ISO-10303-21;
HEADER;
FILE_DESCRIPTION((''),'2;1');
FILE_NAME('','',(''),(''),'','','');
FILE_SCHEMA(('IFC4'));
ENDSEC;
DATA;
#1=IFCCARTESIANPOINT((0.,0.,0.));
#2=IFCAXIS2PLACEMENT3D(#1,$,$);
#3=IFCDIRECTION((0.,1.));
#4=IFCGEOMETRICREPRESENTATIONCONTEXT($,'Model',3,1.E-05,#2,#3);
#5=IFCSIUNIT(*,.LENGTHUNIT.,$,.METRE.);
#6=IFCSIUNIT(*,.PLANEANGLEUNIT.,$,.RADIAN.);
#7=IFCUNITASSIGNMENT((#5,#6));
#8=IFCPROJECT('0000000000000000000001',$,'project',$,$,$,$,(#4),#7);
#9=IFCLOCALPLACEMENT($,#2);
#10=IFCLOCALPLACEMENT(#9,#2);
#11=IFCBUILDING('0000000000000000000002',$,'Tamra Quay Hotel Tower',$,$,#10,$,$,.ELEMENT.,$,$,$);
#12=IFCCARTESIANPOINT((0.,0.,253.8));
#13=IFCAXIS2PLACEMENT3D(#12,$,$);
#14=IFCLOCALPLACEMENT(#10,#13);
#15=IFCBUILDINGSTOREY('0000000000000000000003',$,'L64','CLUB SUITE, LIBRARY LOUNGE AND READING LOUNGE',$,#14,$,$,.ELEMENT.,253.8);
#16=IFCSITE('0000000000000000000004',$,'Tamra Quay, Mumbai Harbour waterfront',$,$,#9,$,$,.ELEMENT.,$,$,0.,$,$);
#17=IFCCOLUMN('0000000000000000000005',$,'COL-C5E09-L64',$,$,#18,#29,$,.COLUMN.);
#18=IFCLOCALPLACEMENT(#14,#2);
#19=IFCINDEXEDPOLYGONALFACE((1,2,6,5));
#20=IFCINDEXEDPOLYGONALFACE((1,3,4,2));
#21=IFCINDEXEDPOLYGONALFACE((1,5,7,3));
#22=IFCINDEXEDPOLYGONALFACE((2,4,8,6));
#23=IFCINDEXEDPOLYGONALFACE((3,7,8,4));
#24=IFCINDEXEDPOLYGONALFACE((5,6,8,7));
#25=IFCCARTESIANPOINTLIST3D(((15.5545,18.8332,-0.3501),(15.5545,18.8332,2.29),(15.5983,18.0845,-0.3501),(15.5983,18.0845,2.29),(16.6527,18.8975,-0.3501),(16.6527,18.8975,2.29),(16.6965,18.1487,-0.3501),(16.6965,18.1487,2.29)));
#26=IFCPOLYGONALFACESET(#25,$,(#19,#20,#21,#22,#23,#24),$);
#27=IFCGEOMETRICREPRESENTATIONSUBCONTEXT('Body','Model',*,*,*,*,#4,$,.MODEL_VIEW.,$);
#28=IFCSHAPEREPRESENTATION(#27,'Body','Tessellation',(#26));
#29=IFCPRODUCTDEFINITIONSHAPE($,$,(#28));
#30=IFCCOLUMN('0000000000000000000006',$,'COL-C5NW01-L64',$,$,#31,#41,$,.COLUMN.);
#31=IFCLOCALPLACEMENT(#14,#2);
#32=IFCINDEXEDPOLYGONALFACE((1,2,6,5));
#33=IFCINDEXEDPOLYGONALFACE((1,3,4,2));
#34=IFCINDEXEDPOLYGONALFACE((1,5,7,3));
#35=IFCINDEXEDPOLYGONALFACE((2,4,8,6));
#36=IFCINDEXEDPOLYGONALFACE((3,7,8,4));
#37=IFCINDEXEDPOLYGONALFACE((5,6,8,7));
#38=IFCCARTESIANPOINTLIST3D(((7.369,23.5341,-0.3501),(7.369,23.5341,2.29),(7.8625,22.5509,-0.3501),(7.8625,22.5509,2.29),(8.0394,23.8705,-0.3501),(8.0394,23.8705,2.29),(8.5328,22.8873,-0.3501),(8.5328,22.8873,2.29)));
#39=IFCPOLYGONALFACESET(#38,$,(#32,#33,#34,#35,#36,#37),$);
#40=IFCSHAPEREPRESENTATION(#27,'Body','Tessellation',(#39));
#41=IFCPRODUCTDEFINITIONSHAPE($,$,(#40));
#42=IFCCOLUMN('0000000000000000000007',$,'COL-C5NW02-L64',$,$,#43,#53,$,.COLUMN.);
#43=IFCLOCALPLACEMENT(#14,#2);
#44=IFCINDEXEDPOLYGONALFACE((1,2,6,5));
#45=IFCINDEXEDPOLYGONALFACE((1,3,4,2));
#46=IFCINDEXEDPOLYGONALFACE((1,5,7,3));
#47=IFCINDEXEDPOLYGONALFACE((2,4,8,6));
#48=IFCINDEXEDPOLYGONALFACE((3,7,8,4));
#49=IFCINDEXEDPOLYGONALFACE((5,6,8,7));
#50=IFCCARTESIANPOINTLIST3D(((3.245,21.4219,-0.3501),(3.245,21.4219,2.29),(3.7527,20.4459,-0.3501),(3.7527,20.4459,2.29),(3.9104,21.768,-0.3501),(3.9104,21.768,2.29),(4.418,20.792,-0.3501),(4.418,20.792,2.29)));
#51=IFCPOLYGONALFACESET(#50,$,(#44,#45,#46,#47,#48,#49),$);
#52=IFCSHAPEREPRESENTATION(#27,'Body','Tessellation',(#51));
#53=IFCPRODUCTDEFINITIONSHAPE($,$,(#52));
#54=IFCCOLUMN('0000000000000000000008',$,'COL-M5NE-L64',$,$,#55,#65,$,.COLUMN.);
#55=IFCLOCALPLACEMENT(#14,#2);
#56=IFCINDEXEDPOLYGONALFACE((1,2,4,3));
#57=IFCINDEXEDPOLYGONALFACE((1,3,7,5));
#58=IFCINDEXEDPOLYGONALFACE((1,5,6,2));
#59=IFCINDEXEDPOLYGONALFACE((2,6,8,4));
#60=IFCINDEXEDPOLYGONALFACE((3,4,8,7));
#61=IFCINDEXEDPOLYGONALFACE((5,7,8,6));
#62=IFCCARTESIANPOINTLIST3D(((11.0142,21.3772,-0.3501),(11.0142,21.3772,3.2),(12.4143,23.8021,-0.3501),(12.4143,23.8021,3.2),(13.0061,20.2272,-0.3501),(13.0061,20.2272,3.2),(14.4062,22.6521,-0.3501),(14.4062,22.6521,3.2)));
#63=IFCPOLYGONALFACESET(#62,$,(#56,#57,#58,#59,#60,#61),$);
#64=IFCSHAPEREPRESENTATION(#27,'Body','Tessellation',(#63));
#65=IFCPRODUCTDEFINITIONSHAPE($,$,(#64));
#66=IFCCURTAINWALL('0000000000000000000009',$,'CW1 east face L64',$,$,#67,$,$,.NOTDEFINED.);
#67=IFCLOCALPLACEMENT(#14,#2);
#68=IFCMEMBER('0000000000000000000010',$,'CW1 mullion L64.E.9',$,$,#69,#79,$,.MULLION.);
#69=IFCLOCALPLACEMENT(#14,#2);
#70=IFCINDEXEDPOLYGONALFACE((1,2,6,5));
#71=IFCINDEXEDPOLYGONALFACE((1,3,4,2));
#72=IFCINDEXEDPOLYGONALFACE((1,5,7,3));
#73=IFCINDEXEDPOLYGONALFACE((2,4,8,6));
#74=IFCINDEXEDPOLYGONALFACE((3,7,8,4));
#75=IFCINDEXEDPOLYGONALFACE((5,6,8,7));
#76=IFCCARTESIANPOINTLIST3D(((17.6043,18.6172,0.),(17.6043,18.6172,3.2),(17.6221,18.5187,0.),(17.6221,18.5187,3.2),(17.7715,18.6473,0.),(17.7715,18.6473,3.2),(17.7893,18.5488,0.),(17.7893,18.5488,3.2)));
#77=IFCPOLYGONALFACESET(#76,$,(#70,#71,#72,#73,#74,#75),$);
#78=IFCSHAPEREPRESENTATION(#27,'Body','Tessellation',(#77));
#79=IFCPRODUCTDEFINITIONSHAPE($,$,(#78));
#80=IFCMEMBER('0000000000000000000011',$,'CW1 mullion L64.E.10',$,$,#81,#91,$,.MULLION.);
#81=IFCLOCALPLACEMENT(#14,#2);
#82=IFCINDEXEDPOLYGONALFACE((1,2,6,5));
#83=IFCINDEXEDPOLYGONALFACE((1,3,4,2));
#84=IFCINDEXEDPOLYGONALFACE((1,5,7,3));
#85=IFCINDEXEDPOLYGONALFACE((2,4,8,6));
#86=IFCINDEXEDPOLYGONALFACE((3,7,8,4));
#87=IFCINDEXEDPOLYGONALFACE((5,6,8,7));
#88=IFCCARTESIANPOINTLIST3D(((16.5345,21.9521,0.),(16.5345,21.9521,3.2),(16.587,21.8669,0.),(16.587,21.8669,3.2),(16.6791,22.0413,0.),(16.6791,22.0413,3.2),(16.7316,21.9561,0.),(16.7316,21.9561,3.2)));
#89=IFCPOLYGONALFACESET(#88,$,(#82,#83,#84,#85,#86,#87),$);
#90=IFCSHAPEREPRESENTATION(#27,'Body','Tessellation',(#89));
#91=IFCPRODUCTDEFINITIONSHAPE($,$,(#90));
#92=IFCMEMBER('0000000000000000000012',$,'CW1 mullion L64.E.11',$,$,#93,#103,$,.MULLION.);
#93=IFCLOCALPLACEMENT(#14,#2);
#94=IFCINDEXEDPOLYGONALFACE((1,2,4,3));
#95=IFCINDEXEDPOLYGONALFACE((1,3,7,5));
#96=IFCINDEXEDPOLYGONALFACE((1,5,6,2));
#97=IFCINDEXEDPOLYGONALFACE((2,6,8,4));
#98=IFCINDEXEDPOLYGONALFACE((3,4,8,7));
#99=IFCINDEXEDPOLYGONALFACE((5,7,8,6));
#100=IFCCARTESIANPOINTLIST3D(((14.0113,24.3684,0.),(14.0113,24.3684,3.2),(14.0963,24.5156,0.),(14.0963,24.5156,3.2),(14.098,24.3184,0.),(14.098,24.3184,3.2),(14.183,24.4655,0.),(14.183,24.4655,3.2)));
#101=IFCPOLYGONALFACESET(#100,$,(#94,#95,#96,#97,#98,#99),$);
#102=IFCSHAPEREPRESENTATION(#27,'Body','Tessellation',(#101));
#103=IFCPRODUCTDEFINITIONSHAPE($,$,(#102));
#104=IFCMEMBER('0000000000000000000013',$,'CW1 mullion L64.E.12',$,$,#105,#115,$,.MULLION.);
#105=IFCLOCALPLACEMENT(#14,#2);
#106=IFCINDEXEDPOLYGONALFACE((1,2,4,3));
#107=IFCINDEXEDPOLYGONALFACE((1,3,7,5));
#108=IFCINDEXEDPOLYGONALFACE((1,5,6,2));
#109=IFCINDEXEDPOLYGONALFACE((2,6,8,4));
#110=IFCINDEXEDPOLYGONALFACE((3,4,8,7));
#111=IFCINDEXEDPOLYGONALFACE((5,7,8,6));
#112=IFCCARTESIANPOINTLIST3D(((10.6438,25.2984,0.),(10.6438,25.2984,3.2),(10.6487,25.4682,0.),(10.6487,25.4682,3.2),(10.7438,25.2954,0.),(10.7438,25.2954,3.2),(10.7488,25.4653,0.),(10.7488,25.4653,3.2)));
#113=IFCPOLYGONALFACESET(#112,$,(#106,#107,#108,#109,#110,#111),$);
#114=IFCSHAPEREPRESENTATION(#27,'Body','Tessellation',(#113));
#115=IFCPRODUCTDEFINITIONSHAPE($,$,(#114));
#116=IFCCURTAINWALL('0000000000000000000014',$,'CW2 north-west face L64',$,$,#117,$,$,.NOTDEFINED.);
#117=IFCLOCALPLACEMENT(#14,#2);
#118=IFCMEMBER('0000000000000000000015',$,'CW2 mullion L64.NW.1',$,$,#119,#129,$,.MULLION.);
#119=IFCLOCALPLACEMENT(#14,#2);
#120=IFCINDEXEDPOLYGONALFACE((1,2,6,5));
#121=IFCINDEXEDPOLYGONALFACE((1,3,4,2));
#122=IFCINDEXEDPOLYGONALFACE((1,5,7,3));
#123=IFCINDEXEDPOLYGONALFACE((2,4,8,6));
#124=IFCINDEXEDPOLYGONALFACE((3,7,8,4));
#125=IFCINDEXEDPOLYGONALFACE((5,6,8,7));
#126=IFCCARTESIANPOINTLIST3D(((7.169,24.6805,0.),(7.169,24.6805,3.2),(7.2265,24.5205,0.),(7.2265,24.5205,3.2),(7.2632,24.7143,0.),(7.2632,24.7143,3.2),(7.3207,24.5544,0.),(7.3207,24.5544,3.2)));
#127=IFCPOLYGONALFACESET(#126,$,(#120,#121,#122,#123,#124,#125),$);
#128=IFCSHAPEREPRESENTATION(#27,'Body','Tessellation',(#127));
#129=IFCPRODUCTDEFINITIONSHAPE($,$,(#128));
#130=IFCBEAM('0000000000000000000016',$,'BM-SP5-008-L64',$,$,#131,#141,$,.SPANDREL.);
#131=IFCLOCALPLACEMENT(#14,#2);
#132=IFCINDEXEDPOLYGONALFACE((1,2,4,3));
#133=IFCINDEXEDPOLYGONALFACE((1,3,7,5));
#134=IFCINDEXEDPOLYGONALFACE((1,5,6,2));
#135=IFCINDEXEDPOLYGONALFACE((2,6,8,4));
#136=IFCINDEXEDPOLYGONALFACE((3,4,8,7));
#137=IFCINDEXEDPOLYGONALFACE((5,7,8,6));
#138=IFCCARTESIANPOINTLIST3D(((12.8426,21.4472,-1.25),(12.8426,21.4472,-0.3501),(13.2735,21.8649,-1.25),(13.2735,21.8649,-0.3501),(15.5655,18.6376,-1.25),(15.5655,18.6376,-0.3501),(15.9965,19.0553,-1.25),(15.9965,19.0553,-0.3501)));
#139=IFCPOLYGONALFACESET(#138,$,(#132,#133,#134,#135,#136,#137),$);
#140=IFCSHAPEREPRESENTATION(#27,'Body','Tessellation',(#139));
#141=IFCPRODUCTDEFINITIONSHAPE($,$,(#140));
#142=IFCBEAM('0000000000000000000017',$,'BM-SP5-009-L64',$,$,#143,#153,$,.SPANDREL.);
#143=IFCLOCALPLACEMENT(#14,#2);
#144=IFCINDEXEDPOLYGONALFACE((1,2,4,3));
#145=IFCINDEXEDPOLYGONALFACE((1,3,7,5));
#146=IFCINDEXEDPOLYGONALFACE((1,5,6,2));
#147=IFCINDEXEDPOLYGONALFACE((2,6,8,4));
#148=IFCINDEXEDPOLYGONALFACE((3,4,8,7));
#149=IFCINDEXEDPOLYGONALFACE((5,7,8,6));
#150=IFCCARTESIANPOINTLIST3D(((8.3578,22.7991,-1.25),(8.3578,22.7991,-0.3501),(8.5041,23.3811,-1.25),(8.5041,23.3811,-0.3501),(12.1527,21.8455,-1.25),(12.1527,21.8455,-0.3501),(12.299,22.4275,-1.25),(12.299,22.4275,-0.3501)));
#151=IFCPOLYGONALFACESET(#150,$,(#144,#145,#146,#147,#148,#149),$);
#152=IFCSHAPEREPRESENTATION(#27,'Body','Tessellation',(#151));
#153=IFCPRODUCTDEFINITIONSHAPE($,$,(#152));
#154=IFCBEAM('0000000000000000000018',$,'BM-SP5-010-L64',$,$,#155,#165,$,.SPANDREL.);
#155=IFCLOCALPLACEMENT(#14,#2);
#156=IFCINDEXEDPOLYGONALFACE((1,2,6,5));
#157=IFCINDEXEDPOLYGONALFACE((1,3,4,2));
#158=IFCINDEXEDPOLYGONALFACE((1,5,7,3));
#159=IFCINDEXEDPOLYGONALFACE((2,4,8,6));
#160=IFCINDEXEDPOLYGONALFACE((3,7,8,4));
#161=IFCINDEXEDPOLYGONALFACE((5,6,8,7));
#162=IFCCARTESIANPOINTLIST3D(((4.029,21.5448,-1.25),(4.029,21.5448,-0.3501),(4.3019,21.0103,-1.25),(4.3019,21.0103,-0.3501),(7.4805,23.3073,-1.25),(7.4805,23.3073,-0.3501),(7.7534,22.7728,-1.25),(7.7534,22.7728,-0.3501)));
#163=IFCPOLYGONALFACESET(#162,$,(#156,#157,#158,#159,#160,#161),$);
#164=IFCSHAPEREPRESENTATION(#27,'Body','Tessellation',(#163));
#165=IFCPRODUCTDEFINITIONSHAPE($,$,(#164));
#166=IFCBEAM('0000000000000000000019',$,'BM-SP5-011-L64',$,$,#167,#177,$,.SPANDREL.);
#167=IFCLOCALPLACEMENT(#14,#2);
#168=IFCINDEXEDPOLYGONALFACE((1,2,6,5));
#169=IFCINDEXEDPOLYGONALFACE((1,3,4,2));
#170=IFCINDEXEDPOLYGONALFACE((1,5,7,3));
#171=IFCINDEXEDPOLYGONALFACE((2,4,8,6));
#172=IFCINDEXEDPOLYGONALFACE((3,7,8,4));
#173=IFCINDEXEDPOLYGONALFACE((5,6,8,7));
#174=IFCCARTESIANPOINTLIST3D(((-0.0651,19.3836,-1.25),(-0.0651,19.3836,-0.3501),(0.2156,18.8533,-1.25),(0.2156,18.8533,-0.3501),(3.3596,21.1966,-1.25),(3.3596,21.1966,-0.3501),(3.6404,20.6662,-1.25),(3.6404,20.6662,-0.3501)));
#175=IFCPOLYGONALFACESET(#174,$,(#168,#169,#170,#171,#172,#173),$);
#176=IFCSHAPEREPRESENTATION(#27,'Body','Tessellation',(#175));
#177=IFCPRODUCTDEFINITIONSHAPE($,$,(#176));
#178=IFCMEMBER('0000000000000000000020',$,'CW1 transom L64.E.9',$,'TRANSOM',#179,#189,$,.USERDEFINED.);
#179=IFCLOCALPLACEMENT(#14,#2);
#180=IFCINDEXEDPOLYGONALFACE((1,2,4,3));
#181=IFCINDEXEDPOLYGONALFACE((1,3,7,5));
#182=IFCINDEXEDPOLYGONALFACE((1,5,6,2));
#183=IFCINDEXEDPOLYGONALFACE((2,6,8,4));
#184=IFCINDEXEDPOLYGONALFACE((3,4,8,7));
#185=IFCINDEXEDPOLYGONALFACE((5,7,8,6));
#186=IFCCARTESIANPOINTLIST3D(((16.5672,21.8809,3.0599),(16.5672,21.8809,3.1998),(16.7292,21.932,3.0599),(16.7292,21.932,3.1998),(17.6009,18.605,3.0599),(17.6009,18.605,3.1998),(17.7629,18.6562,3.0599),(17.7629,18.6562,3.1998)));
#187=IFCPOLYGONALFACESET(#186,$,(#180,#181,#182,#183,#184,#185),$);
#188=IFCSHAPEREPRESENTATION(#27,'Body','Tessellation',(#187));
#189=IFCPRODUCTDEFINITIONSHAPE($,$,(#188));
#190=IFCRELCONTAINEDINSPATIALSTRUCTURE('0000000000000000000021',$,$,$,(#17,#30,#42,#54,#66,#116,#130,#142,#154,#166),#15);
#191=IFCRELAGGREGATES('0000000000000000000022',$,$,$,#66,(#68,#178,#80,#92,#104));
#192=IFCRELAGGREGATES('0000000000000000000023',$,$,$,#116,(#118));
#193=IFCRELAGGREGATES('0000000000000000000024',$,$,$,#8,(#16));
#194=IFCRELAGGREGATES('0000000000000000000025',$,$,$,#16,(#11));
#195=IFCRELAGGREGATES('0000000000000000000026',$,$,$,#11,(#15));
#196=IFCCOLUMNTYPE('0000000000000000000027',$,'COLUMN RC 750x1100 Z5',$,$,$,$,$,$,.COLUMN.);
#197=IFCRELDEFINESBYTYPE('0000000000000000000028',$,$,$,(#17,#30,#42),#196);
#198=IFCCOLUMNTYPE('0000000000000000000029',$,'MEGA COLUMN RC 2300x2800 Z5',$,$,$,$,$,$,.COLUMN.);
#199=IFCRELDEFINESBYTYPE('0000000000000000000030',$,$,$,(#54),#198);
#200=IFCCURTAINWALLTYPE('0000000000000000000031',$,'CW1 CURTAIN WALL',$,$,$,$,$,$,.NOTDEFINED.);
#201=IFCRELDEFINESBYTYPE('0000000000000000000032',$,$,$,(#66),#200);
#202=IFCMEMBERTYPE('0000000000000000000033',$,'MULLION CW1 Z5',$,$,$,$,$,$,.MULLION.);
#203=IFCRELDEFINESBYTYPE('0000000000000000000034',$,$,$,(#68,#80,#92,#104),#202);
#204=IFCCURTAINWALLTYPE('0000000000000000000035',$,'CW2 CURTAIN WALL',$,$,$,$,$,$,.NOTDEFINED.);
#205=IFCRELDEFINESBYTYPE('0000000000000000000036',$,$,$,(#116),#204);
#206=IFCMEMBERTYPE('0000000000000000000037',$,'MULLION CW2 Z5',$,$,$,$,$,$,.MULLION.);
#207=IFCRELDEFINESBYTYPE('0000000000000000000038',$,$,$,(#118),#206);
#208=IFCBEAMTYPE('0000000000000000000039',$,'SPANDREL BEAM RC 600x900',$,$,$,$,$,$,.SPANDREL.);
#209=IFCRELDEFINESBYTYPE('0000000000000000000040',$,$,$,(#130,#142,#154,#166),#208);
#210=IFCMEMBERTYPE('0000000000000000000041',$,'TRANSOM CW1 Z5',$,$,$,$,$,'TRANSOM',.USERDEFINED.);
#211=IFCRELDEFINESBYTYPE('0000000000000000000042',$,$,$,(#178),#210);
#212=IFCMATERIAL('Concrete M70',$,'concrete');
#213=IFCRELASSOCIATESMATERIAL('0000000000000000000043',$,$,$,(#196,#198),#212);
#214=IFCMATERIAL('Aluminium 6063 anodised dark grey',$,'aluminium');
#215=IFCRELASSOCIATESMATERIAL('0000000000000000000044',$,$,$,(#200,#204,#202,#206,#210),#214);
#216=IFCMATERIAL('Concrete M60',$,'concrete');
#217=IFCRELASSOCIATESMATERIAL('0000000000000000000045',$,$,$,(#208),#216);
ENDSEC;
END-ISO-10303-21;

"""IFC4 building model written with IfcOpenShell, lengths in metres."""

from ifc_helpers import new_model, si_unit, direction, frame, origin, origin_2d, place, context, subcontext, project, spatial, rectangle, extrude, material, material_profile, profile_set, type_object, element, aggregate, save


model = new_model("IFC4")

# Units and contexts
model_context = context("Model", 3, precision=1e-05, world=origin(), true_north=direction((0.0, 1.0)))
body_context = subcontext(model_context, "Body", "Model", "MODEL_VIEW")
ifc_project = project(units=[si_unit("LENGTHUNIT", "METRE"), si_unit("PLANEANGLEUNIT", "RADIAN")], contexts=[model_context])

# Site, building, storey
site_placement = place(None, origin())
site = spatial("IfcSite", under=ifc_project, at=site_placement, Name="Tamra Quay, Mumbai Harbour waterfront", CompositionType="ELEMENT", RefElevation=0.0)
building_placement = place(site_placement, origin())
building = spatial("IfcBuilding", under=site, at=building_placement, Name="Tamra Quay Hotel Tower", CompositionType="ELEMENT")
storey_placement = place(building_placement, frame((0.0, 0.0, 253.8)))
storey = spatial("IfcBuildingStorey", under=building, at=storey_placement, Name="L64", Description="CLUB SUITE, LIBRARY LOUNGE AND READING LOUNGE", CompositionType="ELEMENT", Elevation=253.8)

# Columns
ifc_material_1 = material(Name="Concrete M70", Category="concrete")
ifc_material_profile_1 = material_profile(ifc_material_1, rectangle(XDim=1.1001, YDim=0.75, at=origin_2d()), Name="COLUMN RC 750x1100 Z5")
ifc_profile_set_1 = profile_set([ifc_material_profile_1], Name="Concrete M70")
column_type_1 = type_object("IfcColumnType", Name="COLUMN RC 750x1100 Z5", PredefinedType="COLUMN", material=ifc_profile_set_1)
for number, where, z_axis, x_axis, name in (
    (1, (16.1255, 18.491, -0.3501), (0.0, 0.0, 1.0), (0.998292, 0.05842, 0.0), "COL-C5E09-L64"),
    (2, (7.9509, 23.2107, -0.3501), (0.0, 0.0, 1.0), (-0.448553, 0.893756, 0.0), "COL-C5NW01-L64"),
    (3, (3.8315, 21.1069, -0.3501), (0.0, 0.0, 1.0), (-0.461448, 0.887167, 0.0), "COL-C5NW02-L64"),
):
    element("IfcColumn", number, at=place(storey_placement, frame(where, z_axis=z_axis, x_axis=x_axis)), inside=storey, type_object=column_type_1, Name=name, PredefinedType="COLUMN", context=body_context, shape_type="SweptSolid", body=[
        extrude(rectangle(XDim=1.1001, YDim=0.75, at=origin_2d()), origin(), (0.0, 0.0, 1.0), 2.6401),
    ])
ifc_material_profile_2 = material_profile(ifc_material_1, rectangle(XDim=2.8, YDim=2.3, at=origin_2d()), Name="MEGA COLUMN RC 2300x2800 Z5")
ifc_profile_set_2 = profile_set([ifc_material_profile_2], Name="Concrete M70")
column_type_2 = type_object("IfcColumnType", Name="MEGA COLUMN RC 2300x2800 Z5", PredefinedType="COLUMN", material=ifc_profile_set_2)
column_placement = place(storey_placement, frame((12.7102, 22.0146, -0.3501), z_axis=(0.0, 0.0, 1.0), x_axis=(0.5, 0.866025, 0.0)))
element("IfcColumn", 4, at=column_placement, inside=storey, type_object=column_type_2, Name="COL-M5NE-L64", PredefinedType="COLUMN", context=body_context, shape_type="SweptSolid", body=[
    extrude(rectangle(XDim=2.8, YDim=2.3, at=origin_2d()), origin(), (0.0, 0.0, 1.0), 3.55),
])

# Curtain wall, members
ifc_material_2 = material(Name="Aluminium 6063 anodised dark grey", Category="aluminium")
curtain_wall_type_1 = type_object("IfcCurtainWallType", Name="CW1 CURTAIN WALL", PredefinedType="NOTDEFINED", material=ifc_material_2)
curtain_wall_1_placement = place(storey_placement, origin())
curtain_wall_1 = element("IfcCurtainWall", 5, at=curtain_wall_1_placement, inside=storey, type_object=curtain_wall_type_1, Name="CW1 east face L64", PredefinedType="NOTDEFINED")
ifc_material_profile_3 = material_profile(ifc_material_2, rectangle(XDim=0.1699, YDim=0.1001, at=origin_2d()), Name="MULLION 100X170")
ifc_profile_set_3 = profile_set([ifc_material_profile_3], Name="Aluminium 6063 anodised dark grey")
member_type_1 = type_object("IfcMemberType", Name="MULLION CW1 Z5", PredefinedType="MULLION", material=ifc_profile_set_3)
member_1_placement = place(storey_placement, frame((17.6968, 18.583, 0.0), z_axis=(0.0, 0.0, 1.0), x_axis=(0.984105, 0.177586, 0.0)))
member_1 = element("IfcMember", 6, at=member_1_placement, type_object=member_type_1, Name="CW1 mullion L64.E.9", PredefinedType="MULLION", context=body_context, shape_type="SweptSolid", body=[
    extrude(rectangle(XDim=0.1699, YDim=0.1001, at=origin_2d()), origin(), (0.0, 0.0, 1.0), 3.2),
])
member_2_placement = place(storey_placement, frame((16.6331, 21.9541, 0.0), z_axis=(0.0, 0.0, 1.0), x_axis=(0.851044, 0.525094, 0.0)))
member_2 = element("IfcMember", 7, at=member_2_placement, type_object=member_type_1, Name="CW1 mullion L64.E.10", PredefinedType="MULLION", context=body_context, shape_type="SweptSolid", body=[
    extrude(rectangle(XDim=0.1699, YDim=0.1001, at=origin_2d()), origin(), (0.0, 0.0, 1.0), 3.2),
])
member_3_placement = place(storey_placement, frame((14.0972, 24.417, 0.0), z_axis=(0.0, 0.0, 1.0), x_axis=(0.5, 0.866025, 0.0)))
member_3 = element("IfcMember", 8, at=member_3_placement, type_object=member_type_1, Name="CW1 mullion L64.E.11", PredefinedType="MULLION", context=body_context, shape_type="SweptSolid", body=[
    extrude(rectangle(XDim=0.1699, YDim=0.1001, at=origin_2d()), origin(), (0.0, 0.0, 1.0), 3.2),
])
member_4_placement = place(storey_placement, frame((10.6963, 25.3818, 0.0), z_axis=(0.0, 0.0, 1.0), x_axis=(0.029223, 0.999573, 0.0)))
member_4 = element("IfcMember", 9, at=member_4_placement, type_object=member_type_1, Name="CW1 mullion L64.E.12", PredefinedType="MULLION", context=body_context, shape_type="SweptSolid", body=[
    extrude(rectangle(XDim=0.1699, YDim=0.1001, at=origin_2d()), origin(), (0.0, 0.0, 1.0), 3.2),
])

# Curtain wall, member
curtain_wall_type_2 = type_object("IfcCurtainWallType", Name="CW2 CURTAIN WALL", PredefinedType="NOTDEFINED", material=ifc_material_2)
curtain_wall_2_placement = place(storey_placement, origin())
curtain_wall_2 = element("IfcCurtainWall", 10, at=curtain_wall_2_placement, inside=storey, type_object=curtain_wall_type_2, Name="CW2 north-west face L64", PredefinedType="NOTDEFINED")
ifc_material_profile_4 = material_profile(ifc_material_2, rectangle(XDim=0.1699, YDim=0.1001, at=origin_2d()), Name="MULLION 100X170")
ifc_profile_set_4 = profile_set([ifc_material_profile_4], Name="Aluminium 6063 anodised dark grey")
member_type_2 = type_object("IfcMemberType", Name="MULLION CW2 Z5", PredefinedType="MULLION", material=ifc_profile_set_4)
member_5_placement = place(storey_placement, frame((7.2449, 24.6174, 0.0), z_axis=(0.0, 0.0, 1.0), x_axis=(-0.338259, 0.941053, 0.0)))
member_5 = element("IfcMember", 11, at=member_5_placement, type_object=member_type_2, Name="CW2 mullion L64.NW.1", PredefinedType="MULLION", context=body_context, shape_type="SweptSolid", body=[
    extrude(rectangle(XDim=0.1699, YDim=0.1001, at=origin_2d()), origin(), (0.0, 0.0, 1.0), 3.2),
])

# Beams
ifc_material_3 = material(Name="Concrete M60", Category="concrete")
ifc_material_profile_5 = material_profile(ifc_material_3, rectangle(XDim=0.6001, YDim=0.8999, at=origin_2d()), Name="SPANDREL BEAM RC 600x900")
ifc_profile_set_5 = profile_set([ifc_material_profile_5], Name="Concrete M60")
beam_type = type_object("IfcBeamType", Name="SPANDREL BEAM RC 600x900", PredefinedType="SPANDREL", material=ifc_profile_set_5)
beam_1_placement = place(storey_placement, frame((15.781, 18.8464, -0.8), z_axis=(-0.695944, 0.718096, 0.0), x_axis=(-0.718096, -0.695944, 0.0)))
element("IfcBeam", 12, at=beam_1_placement, inside=storey, type_object=beam_type, Name="BM-SP5-008-L64", PredefinedType="SPANDREL", context=body_context, shape_type="SweptSolid", body=[
    extrude(rectangle(XDim=0.6001, YDim=0.8999, at=origin_2d()), origin(), (0.0, 0.0, 1.0), 3.9126),
])
beam_2_placement = place(storey_placement, frame((12.2258, 22.1365, -0.8), z_axis=(-0.969848, 0.24371, 0.0), x_axis=(-0.24371, -0.969848, 0.0)))
element("IfcBeam", 13, at=beam_2_placement, inside=storey, type_object=beam_type, Name="BM-SP5-009-L64", PredefinedType="SPANDREL", context=body_context, shape_type="SweptSolid", body=[
    extrude(rectangle(XDim=0.6001, YDim=0.8999, at=origin_2d()), origin(), (0.0, 0.0, 1.0), 3.9128),
])
beam_3_placement = place(storey_placement, frame((7.6169, 23.04, -0.8), z_axis=(-0.890603, -0.454782, 0.0), x_axis=(0.454782, -0.890603, 0.0)))
element("IfcBeam", 14, at=beam_3_placement, inside=storey, type_object=beam_type, Name="BM-SP5-010-L64", PredefinedType="SPANDREL", context=body_context, shape_type="SweptSolid", body=[
    extrude(rectangle(XDim=0.6001, YDim=0.8999, at=origin_2d()), origin(), (0.0, 0.0, 1.0), 3.8755),
])
beam_4_placement = place(storey_placement, frame((3.5, 20.9314, -0.8), z_axis=(-0.883803, -0.467859, 0.0), x_axis=(0.467859, -0.883803, 0.0)))
element("IfcBeam", 15, at=beam_4_placement, inside=storey, type_object=beam_type, Name="BM-SP5-011-L64", PredefinedType="SPANDREL", context=body_context, shape_type="SweptSolid", body=[
    extrude(rectangle(XDim=0.6001, YDim=0.8999, at=origin_2d()), origin(), (0.0, 0.0, 1.0), 3.875),
])

# Member
ifc_material_profile_6 = material_profile(ifc_material_2, rectangle(XDim=0.1699, YDim=0.1399, at=origin_2d()), Name="TRANSOM 170X140")
ifc_profile_set_6 = profile_set([ifc_material_profile_6], Name="Aluminium 6063 anodised dark grey")
member_type_3 = type_object("IfcMemberType", Name="TRANSOM CW1 Z5", ElementType="TRANSOM", PredefinedType="USERDEFINED", material=ifc_profile_set_6)
member_6_placement = place(storey_placement, frame((17.6819, 18.6306, 3.1299), z_axis=(-0.30092, 0.953649, 0.0), x_axis=(-0.953649, -0.30092, 0.0)))
member_6 = element("IfcMember", 16, at=member_6_placement, type_object=member_type_3, Name="CW1 transom L64.E.9", ObjectType="TRANSOM", PredefinedType="USERDEFINED", context=body_context, shape_type="SweptSolid", body=[
    extrude(rectangle(XDim=0.1699, YDim=0.1399, at=origin_2d()), origin(), (0.0, 0.0, 1.0), 3.4351),
])

aggregate(curtain_wall_1, [member_1, member_6, member_2, member_3, member_4])
aggregate(curtain_wall_2, [member_5])

save(model, "model.ifc")
